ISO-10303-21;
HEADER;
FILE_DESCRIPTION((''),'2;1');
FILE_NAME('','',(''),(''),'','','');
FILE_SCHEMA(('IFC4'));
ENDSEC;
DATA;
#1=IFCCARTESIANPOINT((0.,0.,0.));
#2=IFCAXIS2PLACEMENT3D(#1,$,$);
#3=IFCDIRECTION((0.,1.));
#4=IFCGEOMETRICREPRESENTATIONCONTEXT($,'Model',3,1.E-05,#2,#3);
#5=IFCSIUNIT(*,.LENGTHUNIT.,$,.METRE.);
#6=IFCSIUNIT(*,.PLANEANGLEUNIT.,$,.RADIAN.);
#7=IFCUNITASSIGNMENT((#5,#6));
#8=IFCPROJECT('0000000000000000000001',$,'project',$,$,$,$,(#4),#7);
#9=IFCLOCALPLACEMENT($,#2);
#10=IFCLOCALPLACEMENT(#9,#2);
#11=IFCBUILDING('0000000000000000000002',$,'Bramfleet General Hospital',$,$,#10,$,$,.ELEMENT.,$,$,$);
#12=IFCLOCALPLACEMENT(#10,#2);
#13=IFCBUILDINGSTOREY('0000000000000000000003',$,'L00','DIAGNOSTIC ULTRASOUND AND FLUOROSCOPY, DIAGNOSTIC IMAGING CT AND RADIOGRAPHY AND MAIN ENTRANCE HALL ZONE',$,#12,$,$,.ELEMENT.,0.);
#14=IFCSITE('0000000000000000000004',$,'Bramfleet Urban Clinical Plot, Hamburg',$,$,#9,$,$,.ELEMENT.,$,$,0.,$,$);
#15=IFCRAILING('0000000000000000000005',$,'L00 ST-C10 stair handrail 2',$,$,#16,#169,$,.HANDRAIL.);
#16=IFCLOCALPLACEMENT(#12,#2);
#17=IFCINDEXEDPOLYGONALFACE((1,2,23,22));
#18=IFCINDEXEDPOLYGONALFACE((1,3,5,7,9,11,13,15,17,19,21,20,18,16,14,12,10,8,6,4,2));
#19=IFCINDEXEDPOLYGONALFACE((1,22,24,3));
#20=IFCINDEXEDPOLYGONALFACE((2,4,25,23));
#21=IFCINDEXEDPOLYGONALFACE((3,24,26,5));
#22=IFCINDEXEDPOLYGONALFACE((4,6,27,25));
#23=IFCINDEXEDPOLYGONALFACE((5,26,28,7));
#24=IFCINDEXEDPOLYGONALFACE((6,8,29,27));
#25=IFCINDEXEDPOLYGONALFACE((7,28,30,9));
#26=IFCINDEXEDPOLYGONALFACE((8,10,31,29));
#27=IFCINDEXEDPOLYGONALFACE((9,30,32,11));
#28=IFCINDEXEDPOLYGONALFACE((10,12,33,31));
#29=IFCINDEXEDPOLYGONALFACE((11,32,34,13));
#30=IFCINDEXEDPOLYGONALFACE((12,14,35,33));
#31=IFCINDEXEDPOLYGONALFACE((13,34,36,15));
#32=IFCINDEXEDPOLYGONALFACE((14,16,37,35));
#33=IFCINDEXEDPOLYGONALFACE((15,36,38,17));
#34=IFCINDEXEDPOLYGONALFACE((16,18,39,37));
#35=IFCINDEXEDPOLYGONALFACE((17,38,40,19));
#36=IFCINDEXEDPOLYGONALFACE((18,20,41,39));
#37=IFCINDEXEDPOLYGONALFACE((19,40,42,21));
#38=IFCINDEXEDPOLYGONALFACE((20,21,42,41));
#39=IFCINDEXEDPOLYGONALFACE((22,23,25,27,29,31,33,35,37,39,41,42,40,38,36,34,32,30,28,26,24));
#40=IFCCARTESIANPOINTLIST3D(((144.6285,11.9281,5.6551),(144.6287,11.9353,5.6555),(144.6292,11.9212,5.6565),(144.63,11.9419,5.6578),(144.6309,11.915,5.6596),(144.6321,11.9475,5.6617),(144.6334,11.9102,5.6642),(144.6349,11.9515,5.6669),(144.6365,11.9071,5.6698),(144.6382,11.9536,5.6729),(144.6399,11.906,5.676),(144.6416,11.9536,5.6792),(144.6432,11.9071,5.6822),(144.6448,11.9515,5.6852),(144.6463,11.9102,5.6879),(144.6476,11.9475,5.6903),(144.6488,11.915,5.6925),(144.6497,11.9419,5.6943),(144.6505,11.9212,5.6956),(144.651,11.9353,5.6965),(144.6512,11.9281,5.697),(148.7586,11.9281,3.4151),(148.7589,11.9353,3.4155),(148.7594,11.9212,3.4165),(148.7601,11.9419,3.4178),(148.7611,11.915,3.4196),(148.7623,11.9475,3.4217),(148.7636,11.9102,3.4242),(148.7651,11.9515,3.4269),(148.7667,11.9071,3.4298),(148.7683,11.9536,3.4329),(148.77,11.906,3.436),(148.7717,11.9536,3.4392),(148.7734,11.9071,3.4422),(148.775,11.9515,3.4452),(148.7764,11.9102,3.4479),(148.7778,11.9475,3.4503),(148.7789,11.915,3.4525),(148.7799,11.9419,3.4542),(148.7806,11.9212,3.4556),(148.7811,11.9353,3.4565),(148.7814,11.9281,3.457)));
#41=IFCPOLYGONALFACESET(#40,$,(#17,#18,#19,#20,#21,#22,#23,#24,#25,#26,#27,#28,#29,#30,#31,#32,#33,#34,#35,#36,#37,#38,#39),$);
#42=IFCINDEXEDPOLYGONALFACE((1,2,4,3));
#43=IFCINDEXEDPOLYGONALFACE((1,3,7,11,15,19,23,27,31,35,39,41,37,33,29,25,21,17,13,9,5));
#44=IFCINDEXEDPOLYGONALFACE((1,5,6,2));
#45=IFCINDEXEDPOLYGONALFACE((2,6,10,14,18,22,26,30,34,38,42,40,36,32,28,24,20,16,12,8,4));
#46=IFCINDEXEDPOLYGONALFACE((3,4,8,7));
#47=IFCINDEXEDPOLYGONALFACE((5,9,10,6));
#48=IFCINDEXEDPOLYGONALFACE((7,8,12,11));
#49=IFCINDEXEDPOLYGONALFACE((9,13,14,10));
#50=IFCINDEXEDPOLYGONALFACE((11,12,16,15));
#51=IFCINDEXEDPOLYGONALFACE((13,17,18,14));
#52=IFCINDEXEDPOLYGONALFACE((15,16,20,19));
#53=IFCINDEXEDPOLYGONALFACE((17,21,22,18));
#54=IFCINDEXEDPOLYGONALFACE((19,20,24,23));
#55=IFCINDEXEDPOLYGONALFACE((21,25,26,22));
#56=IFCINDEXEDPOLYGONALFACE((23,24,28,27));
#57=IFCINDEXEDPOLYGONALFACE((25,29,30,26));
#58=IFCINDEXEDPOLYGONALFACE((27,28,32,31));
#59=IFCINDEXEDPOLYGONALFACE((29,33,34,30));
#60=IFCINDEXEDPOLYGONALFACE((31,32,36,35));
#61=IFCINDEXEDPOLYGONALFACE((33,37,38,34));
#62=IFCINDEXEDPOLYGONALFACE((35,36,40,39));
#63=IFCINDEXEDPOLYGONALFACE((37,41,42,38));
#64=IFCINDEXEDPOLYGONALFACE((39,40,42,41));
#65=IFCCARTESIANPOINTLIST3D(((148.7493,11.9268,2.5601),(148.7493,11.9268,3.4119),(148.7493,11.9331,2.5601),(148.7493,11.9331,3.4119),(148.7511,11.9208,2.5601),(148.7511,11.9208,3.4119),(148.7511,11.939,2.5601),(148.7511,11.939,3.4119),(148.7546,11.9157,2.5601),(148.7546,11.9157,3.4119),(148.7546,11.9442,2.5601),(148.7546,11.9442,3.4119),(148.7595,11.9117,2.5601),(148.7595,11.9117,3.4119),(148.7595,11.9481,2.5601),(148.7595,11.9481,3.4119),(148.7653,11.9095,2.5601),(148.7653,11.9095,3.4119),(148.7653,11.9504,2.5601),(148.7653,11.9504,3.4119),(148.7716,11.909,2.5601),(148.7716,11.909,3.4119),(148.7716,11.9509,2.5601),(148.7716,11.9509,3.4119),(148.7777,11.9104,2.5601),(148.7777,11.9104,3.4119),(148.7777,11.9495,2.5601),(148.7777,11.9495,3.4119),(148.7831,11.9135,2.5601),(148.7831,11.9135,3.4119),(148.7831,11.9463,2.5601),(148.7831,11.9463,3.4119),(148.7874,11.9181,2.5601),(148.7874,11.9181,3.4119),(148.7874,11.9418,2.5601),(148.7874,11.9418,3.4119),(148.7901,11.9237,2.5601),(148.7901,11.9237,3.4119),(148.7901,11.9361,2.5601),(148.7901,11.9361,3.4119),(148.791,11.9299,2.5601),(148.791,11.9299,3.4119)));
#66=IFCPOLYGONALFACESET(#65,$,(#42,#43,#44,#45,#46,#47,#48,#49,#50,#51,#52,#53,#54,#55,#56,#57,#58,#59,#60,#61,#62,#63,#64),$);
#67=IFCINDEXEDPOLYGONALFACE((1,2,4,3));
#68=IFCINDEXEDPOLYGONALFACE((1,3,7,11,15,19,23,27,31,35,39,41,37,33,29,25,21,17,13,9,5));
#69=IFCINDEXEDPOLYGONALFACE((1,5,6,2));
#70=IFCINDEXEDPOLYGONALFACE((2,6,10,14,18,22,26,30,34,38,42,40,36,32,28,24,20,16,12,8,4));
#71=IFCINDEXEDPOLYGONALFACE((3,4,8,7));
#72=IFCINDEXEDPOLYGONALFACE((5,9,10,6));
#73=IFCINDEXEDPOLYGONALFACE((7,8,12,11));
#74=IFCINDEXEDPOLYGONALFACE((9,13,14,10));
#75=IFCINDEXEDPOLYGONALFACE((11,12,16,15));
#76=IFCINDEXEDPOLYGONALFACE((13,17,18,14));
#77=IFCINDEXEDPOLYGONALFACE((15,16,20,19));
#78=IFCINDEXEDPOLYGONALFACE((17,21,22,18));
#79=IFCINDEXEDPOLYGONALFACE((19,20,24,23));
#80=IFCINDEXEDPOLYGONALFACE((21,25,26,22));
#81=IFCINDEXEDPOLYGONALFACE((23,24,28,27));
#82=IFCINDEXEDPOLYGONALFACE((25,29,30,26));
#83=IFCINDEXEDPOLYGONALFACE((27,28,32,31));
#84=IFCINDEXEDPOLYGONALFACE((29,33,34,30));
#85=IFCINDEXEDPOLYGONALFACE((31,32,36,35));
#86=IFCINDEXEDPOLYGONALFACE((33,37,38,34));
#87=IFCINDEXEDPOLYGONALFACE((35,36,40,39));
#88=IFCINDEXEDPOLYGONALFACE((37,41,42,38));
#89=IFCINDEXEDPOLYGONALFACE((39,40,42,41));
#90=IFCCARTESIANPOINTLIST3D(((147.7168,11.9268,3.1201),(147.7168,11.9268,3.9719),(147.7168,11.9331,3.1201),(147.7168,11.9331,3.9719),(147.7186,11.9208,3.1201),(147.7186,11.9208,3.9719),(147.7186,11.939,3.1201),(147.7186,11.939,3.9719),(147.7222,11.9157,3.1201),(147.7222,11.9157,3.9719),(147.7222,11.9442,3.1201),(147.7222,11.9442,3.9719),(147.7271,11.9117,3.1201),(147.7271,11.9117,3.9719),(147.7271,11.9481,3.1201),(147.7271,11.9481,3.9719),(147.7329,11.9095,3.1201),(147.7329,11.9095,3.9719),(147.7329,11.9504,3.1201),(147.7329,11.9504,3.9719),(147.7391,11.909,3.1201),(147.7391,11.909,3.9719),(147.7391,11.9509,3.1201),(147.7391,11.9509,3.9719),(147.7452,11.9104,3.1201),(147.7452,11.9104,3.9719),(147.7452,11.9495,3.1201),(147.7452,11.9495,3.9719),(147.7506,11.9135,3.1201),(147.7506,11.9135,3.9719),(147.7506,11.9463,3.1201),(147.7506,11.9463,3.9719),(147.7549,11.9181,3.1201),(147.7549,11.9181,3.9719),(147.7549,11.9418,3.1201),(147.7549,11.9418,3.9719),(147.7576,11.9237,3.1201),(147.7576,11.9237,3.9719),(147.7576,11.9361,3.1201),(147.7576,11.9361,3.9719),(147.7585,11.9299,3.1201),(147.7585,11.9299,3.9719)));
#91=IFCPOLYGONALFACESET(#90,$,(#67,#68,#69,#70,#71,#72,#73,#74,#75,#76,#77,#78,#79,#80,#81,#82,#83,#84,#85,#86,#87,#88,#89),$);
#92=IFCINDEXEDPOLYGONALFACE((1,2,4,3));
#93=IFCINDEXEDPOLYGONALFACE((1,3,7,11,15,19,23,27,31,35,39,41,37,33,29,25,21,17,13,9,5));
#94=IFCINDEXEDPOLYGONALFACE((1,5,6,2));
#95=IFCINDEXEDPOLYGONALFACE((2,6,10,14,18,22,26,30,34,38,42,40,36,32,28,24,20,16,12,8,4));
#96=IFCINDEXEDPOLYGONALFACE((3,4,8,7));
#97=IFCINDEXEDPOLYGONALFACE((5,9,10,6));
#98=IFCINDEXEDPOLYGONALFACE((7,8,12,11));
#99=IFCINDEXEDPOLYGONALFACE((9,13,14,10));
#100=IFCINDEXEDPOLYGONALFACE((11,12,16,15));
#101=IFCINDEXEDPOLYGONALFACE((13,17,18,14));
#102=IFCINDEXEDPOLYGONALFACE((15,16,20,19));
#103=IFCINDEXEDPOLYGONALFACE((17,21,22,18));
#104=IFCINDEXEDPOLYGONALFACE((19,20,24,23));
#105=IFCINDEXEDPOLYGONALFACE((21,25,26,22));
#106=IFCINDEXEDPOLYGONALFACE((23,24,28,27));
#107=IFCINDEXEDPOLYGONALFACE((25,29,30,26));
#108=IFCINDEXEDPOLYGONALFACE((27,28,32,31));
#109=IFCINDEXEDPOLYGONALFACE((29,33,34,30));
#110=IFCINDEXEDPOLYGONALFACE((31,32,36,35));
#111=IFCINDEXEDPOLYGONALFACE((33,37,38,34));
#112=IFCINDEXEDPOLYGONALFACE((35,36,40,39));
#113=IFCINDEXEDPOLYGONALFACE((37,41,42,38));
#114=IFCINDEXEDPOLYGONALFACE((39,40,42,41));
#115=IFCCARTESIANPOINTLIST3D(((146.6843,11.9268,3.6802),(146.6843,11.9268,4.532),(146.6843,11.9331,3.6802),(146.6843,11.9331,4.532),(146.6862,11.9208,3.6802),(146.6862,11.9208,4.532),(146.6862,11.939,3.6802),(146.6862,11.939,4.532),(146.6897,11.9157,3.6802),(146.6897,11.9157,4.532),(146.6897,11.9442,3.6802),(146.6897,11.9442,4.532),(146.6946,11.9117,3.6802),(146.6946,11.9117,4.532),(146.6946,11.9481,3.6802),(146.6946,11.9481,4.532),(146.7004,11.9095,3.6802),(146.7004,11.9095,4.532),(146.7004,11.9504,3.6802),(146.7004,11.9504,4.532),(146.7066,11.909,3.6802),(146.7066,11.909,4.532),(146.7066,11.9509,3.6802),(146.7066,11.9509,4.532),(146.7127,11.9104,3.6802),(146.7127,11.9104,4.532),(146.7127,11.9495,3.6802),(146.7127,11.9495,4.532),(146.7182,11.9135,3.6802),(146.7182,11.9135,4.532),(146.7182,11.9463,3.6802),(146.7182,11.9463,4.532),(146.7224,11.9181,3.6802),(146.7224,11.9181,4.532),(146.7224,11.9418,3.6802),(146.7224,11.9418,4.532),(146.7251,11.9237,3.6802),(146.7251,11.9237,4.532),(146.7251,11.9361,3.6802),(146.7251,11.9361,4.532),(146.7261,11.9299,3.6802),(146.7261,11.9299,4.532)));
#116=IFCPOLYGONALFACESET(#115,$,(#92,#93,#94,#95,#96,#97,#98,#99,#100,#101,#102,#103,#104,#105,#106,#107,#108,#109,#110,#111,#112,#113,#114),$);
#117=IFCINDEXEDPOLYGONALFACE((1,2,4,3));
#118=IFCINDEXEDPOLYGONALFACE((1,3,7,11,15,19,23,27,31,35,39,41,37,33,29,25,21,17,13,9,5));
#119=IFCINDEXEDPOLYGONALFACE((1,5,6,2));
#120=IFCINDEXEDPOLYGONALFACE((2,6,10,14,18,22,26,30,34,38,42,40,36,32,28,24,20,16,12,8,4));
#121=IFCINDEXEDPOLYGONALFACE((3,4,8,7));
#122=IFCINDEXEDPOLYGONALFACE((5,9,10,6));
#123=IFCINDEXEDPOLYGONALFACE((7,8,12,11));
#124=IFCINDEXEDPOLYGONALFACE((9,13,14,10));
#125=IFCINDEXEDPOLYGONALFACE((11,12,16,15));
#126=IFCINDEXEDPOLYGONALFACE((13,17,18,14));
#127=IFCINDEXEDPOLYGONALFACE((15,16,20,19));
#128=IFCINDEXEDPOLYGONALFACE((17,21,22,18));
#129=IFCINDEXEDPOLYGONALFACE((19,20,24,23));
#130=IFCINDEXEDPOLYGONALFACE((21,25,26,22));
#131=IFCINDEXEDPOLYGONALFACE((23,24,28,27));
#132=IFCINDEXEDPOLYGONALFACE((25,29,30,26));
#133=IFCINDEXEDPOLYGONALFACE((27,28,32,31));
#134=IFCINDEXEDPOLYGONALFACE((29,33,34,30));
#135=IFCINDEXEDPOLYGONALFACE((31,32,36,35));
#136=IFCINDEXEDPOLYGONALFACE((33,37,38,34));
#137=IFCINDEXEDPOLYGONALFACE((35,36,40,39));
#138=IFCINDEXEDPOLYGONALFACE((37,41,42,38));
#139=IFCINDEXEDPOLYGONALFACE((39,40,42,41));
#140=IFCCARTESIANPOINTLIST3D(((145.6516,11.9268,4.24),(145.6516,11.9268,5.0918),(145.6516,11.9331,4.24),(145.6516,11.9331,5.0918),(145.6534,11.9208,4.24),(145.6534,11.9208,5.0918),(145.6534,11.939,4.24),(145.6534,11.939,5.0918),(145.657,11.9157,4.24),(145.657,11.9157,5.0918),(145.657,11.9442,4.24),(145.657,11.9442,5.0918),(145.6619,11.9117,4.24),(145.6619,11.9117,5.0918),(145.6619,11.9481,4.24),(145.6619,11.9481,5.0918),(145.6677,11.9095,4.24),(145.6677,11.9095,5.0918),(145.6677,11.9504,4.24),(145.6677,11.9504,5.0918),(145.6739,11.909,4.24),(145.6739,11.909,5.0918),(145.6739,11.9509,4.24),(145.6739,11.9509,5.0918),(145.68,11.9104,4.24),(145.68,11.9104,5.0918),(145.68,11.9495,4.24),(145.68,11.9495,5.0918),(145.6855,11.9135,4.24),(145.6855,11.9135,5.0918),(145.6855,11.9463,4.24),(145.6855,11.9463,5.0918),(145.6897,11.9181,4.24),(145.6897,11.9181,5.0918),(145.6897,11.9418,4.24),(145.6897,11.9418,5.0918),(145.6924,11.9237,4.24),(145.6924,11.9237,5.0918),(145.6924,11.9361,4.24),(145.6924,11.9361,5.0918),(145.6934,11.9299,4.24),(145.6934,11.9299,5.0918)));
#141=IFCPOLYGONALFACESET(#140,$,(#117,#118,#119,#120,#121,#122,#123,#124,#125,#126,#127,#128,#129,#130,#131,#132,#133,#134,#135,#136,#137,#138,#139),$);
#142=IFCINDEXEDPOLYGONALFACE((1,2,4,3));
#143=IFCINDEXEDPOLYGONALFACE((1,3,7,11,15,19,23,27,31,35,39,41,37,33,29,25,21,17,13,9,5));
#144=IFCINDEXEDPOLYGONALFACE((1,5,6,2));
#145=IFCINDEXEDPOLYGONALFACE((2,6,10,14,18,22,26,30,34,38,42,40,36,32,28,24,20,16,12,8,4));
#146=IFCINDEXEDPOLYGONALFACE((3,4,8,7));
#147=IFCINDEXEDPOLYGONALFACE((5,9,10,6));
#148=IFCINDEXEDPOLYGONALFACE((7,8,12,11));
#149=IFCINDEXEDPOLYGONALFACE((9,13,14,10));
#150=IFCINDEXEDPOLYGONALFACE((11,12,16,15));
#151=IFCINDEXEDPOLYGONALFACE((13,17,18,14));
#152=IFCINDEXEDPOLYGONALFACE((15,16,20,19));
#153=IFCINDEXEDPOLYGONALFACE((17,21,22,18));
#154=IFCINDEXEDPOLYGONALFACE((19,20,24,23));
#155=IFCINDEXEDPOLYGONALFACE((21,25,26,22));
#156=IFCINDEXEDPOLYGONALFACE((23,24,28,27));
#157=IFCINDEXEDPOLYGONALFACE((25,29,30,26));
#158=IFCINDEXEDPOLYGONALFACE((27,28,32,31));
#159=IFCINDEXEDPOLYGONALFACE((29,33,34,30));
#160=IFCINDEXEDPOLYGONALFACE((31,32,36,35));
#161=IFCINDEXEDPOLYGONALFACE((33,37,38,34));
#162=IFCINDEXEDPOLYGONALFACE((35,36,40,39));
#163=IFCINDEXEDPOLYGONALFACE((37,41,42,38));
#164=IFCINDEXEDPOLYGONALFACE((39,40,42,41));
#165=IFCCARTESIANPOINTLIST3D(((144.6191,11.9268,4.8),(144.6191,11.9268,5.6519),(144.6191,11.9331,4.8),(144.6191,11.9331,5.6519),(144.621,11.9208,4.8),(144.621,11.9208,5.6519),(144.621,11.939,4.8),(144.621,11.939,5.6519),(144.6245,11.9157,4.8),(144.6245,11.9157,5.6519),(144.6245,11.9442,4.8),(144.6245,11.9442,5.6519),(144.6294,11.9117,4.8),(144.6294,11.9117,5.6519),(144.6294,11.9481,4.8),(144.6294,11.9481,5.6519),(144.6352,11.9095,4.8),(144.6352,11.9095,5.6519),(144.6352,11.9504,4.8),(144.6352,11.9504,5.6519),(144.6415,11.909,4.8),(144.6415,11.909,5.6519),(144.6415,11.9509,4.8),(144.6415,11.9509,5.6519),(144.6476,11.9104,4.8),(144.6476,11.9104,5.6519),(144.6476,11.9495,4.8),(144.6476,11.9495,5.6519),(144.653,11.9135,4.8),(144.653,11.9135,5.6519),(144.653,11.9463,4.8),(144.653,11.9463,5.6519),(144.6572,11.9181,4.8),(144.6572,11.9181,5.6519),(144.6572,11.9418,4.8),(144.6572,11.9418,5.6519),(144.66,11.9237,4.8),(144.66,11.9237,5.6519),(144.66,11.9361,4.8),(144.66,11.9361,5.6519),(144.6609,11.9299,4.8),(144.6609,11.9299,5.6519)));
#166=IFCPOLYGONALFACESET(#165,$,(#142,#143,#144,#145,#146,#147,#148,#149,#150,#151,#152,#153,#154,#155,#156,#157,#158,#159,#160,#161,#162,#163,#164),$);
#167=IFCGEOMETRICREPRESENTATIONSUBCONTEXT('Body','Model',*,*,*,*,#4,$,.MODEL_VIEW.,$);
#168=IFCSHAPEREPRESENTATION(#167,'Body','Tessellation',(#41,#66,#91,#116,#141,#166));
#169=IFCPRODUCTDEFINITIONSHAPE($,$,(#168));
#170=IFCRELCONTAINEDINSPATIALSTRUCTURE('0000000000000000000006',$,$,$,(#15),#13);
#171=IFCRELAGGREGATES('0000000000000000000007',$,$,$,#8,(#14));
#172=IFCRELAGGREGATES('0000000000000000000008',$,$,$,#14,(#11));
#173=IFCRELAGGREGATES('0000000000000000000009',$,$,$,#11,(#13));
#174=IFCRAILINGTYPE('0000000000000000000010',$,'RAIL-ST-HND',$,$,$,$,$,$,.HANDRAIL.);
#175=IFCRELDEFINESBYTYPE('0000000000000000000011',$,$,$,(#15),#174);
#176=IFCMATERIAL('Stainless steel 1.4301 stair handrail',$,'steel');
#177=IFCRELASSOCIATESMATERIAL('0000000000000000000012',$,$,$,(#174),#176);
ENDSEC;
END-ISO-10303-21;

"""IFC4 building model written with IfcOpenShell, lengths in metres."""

from ifc_helpers import new_model, si_unit, direction, frame, origin, origin_2d, place, context, subcontext, project, spatial, circle, extrude, material, type_object, element, save


model = new_model("IFC4")

# Units and contexts
model_context = context("Model", 3, precision=1e-05, world=origin(), true_north=direction((0.0, 1.0)))
body_context = subcontext(model_context, "Body", "Model", "MODEL_VIEW")
ifc_project = project(units=[si_unit("LENGTHUNIT", "METRE"), si_unit("PLANEANGLEUNIT", "RADIAN")], contexts=[model_context])

# Site, building, storey
site_placement = place(None, origin())
site = spatial("IfcSite", under=ifc_project, at=site_placement, Name="Bramfleet Urban Clinical Plot, Hamburg", CompositionType="ELEMENT", RefElevation=0.0)
building_placement = place(site_placement, origin())
building = spatial("IfcBuilding", under=site, at=building_placement, Name="Bramfleet General Hospital", CompositionType="ELEMENT")
storey_placement = place(building_placement, origin())
storey = spatial("IfcBuildingStorey", under=building, at=storey_placement, Name="L00", Description="DIAGNOSTIC ULTRASOUND AND FLUOROSCOPY, DIAGNOSTIC IMAGING CT AND RADIOGRAPHY AND MAIN ENTRANCE HALL ZONE", CompositionType="ELEMENT", Elevation=0.0)

# Railing
ifc_material_1 = material(Name="Stainless steel 1.4301 stair handrail", Category="steel")
railing_type_1 = type_object("IfcRailingType", Name="RAIL-ST-HND", PredefinedType="HANDRAIL", material=ifc_material_1)
railing_1_placement = place(storey_placement, frame((148.77, 11.9299, 2.5601)))
element("IfcRailing", 1, at=railing_1_placement, inside=storey, type_object=railing_type_1, Name="L00 ST-C10 stair handrail 2", PredefinedType="HANDRAIL", context=body_context, shape_type="SweptSolid", body=[
    extrude(circle(Radius=0.0239, at=origin_2d()), frame((0.0, 0.0, 0.876), z_axis=(-0.879039, 0.0, 0.47675), x_axis=(0.0, -1.0, 0.0)), (0.0, 0.0, 1.0), 4.6985),
    extrude(circle(Radius=0.021, at=origin_2d()), origin(), (0.0, 0.0, 1.0), 0.8518),
    extrude(circle(Radius=0.021, at=origin_2d()), frame((-1.0325, 0.0, 0.5601)), (0.0, 0.0, 1.0), 0.8518),
    extrude(circle(Radius=0.021, at=origin_2d()), frame((-2.0649, 0.0, 1.1201)), (0.0, 0.0, 1.0), 0.8518),
    extrude(circle(Radius=0.021, at=origin_2d()), frame((-3.0977, 0.0, 1.6799)), (0.0, 0.0, 1.0), 0.8518),
    extrude(circle(Radius=0.021, at=origin_2d()), frame((-4.1301, 0.0, 2.24)), (0.0, 0.0, 1.0), 0.8518),
])

save(model, "model.ifc")
